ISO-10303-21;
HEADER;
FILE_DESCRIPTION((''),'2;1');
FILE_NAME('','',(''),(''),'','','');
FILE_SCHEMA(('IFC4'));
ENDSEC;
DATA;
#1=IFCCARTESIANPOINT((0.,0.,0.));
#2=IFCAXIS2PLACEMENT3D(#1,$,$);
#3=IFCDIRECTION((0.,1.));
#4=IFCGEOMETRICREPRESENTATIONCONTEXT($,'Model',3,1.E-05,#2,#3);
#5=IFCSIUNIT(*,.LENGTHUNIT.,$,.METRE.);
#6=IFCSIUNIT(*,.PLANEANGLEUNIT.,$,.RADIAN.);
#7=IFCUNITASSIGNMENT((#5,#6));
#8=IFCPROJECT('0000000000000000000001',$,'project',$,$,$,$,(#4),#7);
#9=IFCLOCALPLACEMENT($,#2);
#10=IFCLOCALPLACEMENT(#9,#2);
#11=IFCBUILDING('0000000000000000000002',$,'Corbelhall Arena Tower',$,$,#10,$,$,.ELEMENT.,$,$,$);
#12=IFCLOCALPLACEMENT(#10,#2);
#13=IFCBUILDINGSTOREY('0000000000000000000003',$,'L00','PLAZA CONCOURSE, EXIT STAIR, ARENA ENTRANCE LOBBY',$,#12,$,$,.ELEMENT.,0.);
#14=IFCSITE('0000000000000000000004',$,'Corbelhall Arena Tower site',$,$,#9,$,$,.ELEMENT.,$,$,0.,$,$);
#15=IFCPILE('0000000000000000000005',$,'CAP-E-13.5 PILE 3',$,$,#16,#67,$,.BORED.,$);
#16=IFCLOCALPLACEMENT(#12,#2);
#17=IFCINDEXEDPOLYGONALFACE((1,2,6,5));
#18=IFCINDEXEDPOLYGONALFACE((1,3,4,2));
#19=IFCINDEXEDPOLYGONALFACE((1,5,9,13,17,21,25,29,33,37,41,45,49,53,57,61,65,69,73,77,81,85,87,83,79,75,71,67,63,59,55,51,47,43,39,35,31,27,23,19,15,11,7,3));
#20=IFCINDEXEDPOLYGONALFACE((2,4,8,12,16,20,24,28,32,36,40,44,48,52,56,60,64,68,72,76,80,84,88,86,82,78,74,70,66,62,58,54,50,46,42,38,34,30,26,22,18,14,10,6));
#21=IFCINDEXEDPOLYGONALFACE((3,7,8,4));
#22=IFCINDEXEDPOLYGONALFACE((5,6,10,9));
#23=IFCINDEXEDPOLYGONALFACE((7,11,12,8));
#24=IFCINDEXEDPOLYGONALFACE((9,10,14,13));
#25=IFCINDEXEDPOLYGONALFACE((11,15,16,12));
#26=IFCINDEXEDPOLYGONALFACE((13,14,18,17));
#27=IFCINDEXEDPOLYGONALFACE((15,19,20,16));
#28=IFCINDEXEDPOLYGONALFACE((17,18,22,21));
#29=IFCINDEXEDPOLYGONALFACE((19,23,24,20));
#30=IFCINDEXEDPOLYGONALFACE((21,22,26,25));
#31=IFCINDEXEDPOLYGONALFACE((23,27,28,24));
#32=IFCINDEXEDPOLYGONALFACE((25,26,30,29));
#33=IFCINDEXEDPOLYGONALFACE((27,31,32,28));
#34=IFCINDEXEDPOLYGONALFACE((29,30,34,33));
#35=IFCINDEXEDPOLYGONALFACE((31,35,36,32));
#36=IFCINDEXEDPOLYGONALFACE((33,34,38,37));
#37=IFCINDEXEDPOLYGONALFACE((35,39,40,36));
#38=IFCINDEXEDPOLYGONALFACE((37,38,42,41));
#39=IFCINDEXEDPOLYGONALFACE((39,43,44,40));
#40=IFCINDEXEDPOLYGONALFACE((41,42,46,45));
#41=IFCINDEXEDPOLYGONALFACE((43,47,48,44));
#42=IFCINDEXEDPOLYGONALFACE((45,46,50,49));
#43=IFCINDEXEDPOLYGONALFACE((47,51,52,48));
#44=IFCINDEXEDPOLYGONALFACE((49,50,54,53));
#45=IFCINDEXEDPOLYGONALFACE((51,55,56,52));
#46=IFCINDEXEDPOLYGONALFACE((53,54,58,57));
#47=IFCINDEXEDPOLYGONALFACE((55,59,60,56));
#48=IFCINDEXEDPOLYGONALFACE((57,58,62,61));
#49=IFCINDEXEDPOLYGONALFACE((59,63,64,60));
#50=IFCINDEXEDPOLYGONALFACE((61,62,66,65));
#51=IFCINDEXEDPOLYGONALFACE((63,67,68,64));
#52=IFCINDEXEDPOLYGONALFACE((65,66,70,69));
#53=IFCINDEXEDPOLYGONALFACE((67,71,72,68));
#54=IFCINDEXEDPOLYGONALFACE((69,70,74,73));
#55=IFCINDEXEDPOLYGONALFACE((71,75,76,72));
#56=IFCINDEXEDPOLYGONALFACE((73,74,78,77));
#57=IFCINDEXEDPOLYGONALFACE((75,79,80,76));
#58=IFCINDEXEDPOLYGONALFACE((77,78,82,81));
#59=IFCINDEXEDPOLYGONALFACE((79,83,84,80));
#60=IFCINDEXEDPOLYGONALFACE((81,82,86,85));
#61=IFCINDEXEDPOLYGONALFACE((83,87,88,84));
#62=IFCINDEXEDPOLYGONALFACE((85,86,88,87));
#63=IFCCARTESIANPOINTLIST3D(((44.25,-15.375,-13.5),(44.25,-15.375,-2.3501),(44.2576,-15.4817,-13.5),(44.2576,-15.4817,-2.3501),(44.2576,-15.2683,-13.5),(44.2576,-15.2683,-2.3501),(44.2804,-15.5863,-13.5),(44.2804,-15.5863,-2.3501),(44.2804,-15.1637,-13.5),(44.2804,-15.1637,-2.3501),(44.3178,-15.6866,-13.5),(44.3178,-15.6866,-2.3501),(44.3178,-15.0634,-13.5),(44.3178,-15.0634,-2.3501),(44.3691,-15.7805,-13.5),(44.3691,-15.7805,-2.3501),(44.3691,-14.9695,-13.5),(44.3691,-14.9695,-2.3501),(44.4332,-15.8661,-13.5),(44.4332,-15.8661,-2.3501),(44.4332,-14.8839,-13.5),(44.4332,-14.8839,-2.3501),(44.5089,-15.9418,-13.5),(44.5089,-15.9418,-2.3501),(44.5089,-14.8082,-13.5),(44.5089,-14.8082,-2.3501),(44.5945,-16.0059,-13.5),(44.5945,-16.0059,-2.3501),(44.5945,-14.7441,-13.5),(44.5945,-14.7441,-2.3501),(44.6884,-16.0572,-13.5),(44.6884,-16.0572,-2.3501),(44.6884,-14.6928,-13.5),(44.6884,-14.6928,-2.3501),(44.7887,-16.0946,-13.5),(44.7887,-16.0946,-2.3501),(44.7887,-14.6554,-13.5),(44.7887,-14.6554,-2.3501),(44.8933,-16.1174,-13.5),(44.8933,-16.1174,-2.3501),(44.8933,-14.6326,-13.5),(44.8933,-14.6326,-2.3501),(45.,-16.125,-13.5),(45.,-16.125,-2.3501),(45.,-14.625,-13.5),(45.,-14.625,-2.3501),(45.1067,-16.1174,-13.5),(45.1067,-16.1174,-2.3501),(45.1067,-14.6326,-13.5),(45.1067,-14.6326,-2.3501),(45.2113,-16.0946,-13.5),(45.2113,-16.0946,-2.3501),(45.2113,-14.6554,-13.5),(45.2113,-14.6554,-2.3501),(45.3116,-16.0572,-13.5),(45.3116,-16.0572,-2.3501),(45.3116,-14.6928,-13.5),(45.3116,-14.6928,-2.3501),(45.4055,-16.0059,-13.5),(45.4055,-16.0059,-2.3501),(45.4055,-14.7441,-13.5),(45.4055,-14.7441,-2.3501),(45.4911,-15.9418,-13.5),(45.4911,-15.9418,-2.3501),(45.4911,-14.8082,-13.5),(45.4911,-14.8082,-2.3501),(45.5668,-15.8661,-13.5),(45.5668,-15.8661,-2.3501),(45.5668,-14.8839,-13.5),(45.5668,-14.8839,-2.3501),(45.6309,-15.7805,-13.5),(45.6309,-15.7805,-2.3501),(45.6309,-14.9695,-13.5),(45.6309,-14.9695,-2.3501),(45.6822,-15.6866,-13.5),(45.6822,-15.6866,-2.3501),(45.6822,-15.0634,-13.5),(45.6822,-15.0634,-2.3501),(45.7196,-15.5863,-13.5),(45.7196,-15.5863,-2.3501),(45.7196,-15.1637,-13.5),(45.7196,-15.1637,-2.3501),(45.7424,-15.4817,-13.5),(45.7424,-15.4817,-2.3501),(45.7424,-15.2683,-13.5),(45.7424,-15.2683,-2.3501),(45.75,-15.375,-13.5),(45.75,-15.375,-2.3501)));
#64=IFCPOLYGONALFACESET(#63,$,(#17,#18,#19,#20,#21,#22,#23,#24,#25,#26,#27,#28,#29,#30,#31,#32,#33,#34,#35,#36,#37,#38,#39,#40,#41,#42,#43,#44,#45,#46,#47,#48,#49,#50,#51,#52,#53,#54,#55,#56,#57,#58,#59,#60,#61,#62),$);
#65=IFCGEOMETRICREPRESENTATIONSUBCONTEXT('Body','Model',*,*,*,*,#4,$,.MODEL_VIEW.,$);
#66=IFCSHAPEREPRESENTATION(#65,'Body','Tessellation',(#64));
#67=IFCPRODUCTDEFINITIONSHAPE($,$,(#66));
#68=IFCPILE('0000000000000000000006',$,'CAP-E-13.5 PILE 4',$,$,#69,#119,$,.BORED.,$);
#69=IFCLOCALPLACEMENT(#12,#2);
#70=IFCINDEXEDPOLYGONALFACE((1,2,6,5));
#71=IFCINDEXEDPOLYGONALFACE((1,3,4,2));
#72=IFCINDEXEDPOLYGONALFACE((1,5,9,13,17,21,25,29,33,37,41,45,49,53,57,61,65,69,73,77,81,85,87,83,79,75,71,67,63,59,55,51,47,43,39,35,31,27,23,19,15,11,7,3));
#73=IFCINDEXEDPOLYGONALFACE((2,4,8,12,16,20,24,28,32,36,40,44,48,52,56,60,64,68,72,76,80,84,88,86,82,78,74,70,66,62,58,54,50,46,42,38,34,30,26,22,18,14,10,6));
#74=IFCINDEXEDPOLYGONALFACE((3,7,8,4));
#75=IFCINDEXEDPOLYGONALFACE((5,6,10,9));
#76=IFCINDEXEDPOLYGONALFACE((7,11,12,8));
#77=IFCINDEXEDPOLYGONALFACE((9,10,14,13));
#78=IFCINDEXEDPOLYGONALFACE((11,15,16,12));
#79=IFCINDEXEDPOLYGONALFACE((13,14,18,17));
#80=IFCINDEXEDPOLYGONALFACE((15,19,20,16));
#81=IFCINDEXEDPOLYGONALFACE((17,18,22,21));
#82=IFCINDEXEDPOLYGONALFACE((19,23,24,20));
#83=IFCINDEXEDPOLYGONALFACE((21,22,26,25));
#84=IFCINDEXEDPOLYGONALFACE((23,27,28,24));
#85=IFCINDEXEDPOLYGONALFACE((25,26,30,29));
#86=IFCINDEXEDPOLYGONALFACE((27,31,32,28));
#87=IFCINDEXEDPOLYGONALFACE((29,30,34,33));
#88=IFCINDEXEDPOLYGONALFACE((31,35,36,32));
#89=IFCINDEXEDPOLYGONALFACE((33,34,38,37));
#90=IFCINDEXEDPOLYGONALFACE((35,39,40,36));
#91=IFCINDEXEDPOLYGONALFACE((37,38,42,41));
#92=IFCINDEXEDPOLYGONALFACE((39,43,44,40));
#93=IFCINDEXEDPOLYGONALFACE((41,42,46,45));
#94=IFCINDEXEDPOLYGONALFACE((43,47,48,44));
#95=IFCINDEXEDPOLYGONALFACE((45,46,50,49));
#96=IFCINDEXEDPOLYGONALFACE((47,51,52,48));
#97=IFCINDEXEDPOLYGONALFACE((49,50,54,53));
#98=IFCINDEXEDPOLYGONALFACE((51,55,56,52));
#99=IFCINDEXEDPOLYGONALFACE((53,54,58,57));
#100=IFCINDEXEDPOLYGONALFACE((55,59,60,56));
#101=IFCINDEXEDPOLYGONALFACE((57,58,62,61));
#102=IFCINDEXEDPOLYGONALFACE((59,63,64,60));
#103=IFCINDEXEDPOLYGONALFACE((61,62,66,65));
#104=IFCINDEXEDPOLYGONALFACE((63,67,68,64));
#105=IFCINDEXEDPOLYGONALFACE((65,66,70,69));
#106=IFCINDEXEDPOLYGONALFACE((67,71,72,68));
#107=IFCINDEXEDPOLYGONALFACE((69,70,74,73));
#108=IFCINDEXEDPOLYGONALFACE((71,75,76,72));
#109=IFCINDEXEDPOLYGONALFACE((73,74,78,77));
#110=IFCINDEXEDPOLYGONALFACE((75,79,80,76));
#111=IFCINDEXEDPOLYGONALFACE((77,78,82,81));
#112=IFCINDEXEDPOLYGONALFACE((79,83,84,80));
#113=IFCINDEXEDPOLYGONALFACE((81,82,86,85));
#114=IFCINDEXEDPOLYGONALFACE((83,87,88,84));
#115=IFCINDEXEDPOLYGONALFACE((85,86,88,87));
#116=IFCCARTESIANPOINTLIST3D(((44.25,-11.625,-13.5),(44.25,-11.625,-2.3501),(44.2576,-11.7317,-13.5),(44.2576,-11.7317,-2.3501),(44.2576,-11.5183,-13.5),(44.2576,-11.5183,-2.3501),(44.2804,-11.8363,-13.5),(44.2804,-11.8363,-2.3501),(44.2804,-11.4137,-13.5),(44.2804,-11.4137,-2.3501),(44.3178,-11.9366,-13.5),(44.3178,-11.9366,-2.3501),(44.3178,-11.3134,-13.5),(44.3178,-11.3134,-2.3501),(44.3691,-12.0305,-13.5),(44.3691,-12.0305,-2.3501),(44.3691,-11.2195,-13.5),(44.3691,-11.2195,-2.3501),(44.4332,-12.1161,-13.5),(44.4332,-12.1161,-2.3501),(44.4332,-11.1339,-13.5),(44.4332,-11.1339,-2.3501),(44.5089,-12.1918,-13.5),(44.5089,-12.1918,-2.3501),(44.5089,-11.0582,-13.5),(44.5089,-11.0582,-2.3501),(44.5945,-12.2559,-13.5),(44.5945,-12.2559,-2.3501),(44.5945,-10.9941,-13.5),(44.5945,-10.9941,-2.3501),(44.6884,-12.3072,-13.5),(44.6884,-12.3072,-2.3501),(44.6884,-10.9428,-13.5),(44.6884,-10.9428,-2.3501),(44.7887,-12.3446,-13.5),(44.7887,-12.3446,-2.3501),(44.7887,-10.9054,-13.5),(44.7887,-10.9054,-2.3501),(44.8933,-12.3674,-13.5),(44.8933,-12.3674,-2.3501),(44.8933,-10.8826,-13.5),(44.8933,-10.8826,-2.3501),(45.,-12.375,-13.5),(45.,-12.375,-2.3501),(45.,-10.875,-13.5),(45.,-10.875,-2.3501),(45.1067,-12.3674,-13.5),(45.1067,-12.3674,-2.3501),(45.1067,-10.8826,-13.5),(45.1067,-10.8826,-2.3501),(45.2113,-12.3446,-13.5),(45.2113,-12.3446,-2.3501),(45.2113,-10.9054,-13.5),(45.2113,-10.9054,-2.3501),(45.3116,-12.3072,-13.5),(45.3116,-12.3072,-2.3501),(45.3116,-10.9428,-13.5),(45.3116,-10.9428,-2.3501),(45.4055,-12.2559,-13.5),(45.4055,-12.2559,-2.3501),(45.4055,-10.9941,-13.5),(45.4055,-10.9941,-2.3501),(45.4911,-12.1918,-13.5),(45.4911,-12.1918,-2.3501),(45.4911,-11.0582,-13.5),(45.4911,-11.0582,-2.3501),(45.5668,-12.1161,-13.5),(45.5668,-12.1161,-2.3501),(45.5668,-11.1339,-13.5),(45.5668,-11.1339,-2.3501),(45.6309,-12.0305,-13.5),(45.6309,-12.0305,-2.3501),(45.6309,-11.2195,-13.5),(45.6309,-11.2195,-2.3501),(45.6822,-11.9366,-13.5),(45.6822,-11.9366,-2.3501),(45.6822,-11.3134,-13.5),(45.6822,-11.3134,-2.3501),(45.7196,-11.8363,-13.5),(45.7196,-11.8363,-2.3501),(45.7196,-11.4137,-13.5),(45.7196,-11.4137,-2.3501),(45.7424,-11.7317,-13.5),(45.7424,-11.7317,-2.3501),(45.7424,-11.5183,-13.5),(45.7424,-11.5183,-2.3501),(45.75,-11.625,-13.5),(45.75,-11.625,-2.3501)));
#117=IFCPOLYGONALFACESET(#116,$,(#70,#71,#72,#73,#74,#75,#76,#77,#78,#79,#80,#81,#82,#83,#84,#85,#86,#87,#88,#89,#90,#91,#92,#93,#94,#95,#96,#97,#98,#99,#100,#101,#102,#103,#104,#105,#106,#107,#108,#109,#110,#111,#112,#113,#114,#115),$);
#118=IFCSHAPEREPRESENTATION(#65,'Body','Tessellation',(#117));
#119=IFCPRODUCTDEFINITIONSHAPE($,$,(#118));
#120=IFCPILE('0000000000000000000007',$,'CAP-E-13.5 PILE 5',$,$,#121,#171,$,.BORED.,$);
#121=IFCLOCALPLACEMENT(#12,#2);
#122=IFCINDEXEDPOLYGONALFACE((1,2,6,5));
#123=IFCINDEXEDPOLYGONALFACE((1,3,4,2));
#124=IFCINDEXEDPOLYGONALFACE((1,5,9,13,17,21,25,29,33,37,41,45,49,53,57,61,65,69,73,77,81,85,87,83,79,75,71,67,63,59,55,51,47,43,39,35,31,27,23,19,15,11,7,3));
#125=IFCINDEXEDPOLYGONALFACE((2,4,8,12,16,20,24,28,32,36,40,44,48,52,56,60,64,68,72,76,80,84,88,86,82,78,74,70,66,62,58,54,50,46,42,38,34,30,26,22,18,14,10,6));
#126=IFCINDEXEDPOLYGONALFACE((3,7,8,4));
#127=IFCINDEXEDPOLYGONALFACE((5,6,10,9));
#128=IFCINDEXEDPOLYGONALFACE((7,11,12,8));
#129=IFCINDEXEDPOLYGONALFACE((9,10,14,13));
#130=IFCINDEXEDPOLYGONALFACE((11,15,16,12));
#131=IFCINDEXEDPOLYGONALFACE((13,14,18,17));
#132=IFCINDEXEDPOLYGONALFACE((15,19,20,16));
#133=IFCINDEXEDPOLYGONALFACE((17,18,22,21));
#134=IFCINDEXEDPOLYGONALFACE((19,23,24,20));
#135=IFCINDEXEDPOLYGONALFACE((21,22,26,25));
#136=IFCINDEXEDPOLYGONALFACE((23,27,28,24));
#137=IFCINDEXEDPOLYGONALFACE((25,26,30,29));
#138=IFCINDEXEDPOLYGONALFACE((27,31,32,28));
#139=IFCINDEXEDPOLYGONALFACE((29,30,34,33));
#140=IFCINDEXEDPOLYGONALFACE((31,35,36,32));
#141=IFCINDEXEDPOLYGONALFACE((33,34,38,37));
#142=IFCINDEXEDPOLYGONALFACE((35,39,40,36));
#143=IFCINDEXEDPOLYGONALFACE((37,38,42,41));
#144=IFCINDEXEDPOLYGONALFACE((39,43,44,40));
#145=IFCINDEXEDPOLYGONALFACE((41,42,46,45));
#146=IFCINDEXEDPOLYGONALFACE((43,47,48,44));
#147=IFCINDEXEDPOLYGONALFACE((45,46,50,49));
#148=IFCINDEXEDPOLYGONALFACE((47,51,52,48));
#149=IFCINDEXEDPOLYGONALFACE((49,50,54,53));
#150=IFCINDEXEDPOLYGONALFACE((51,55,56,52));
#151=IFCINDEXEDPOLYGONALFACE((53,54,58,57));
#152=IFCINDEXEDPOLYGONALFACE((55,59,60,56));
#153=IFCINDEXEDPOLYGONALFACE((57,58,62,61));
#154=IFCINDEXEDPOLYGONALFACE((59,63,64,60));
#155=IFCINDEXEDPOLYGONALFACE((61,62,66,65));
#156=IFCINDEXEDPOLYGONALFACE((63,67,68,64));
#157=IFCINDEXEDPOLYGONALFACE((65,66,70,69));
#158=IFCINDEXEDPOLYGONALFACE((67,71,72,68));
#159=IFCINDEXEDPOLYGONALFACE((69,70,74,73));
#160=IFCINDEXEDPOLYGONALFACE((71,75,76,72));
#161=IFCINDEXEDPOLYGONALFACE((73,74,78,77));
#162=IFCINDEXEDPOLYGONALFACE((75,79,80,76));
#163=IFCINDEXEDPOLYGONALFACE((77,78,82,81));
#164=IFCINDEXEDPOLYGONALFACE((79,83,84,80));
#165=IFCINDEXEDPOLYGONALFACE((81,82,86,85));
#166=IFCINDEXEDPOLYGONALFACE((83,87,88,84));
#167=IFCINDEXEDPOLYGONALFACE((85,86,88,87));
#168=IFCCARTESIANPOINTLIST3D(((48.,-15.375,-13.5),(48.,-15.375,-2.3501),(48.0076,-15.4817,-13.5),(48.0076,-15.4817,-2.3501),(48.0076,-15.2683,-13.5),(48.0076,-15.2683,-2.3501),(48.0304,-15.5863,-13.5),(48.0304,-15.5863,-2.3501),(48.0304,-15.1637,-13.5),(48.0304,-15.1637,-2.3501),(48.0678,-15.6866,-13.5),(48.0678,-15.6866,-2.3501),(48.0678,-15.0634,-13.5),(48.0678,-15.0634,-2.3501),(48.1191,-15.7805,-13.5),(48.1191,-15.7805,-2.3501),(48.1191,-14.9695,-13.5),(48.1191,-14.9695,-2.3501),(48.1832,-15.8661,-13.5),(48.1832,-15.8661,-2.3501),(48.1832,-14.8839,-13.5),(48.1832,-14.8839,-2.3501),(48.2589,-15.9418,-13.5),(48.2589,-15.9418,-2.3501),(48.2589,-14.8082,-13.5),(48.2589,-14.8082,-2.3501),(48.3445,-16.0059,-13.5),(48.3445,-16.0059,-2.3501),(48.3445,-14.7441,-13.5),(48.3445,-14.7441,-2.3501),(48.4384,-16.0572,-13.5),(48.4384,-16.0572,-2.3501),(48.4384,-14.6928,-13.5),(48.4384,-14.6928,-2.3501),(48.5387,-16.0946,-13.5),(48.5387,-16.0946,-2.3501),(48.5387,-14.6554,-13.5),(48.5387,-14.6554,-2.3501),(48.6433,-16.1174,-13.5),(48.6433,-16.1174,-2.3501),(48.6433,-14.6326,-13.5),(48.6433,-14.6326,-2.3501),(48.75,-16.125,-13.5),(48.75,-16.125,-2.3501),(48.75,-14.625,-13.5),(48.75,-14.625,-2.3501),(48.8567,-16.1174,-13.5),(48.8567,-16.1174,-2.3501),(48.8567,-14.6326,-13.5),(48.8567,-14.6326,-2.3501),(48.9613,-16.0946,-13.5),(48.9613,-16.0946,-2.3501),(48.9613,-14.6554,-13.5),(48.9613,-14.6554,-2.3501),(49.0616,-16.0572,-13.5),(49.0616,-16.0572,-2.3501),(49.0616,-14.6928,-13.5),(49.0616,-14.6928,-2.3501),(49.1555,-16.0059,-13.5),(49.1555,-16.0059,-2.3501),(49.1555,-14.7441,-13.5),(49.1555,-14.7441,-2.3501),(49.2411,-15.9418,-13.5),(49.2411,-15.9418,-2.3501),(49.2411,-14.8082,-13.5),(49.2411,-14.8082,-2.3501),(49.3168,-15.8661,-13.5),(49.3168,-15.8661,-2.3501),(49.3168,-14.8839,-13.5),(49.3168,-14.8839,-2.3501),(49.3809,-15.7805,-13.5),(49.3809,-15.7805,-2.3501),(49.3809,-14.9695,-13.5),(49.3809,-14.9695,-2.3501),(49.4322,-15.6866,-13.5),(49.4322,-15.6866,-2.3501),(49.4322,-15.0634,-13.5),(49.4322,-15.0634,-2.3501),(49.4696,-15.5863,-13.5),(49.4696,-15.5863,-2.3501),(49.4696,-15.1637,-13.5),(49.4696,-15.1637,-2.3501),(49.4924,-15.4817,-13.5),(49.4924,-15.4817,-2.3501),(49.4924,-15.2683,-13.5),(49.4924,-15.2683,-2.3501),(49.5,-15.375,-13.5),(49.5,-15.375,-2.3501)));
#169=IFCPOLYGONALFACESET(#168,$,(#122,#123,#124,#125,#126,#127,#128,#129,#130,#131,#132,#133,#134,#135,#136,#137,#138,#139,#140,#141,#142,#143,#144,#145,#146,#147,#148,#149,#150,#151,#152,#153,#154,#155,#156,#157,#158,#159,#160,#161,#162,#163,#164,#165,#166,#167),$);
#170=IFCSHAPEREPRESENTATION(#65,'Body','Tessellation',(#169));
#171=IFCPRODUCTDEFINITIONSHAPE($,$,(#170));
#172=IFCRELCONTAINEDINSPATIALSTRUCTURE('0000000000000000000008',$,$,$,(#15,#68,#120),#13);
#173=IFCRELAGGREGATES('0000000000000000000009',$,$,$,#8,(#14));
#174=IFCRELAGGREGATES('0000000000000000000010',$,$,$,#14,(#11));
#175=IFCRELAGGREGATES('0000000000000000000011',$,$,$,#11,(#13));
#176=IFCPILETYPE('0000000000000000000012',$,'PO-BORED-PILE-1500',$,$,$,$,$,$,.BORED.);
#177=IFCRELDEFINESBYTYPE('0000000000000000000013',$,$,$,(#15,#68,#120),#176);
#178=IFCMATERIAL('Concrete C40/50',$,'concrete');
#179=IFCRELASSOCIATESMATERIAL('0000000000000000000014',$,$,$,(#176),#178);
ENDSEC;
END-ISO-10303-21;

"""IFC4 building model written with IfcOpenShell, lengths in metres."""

from ifc_helpers import new_model, si_unit, direction, frame, origin, origin_2d, place, context, subcontext, project, spatial, circle, extrude, material, material_profile, profile_set, type_object, element, save


model = new_model("IFC4")

# Units and contexts
model_context = context("Model", 3, precision=1e-05, world=origin(), true_north=direction((0.0, 1.0)))
body_context = subcontext(model_context, "Body", "Model", "MODEL_VIEW")
ifc_project = project(units=[si_unit("LENGTHUNIT", "METRE"), si_unit("PLANEANGLEUNIT", "RADIAN")], contexts=[model_context])

# Site, building, storey
site_placement = place(None, origin())
site = spatial("IfcSite", under=ifc_project, at=site_placement, Name="Corbelhall Arena Tower site", CompositionType="ELEMENT", RefElevation=0.0)
building_placement = place(site_placement, origin())
building = spatial("IfcBuilding", under=site, at=building_placement, Name="Corbelhall Arena Tower", CompositionType="ELEMENT")
storey_placement = place(building_placement, origin())
storey = spatial("IfcBuildingStorey", under=building, at=storey_placement, Name="L00", Description="PLAZA CONCOURSE, EXIT STAIR, ARENA ENTRANCE LOBBY", CompositionType="ELEMENT", Elevation=0.0)

# Piles
ifc_material_1 = material(Name="Concrete C40/50", Category="concrete")
ifc_material_profile_1 = material_profile(ifc_material_1, circle(Radius=0.75, at=origin_2d()))
ifc_profile_set_1 = profile_set([ifc_material_profile_1], Name="Concrete C40/50")
pile_type_1 = type_object("IfcPileType", Name="PO-BORED-PILE-1500", PredefinedType="BORED", material=ifc_profile_set_1)
for number, where, z_axis, x_axis, name in (
    (1, (45.0, -15.375, -2.3501), (0.0, 0.0, -1.0), (1.0, 0.0, 0.0), "CAP-E-13.5 PILE 3"),
    (2, (45.0, -11.625, -2.3501), (0.0, 0.0, -1.0), (1.0, 0.0, 0.0), "CAP-E-13.5 PILE 4"),
    (3, (48.75, -15.375, -2.3501), (0.0, 0.0, -1.0), (1.0, 0.0, 0.0), "CAP-E-13.5 PILE 5"),
):
    element("IfcPile", number, at=place(storey_placement, frame(where, z_axis=z_axis, x_axis=x_axis)), inside=storey, type_object=pile_type_1, Name=name, PredefinedType="BORED", context=body_context, shape_type="SweptSolid", body=[
        extrude(circle(Radius=0.75, at=origin_2d()), origin(), (0.0, 0.0, 1.0), 11.1499),
    ])

save(model, "model.ifc")
